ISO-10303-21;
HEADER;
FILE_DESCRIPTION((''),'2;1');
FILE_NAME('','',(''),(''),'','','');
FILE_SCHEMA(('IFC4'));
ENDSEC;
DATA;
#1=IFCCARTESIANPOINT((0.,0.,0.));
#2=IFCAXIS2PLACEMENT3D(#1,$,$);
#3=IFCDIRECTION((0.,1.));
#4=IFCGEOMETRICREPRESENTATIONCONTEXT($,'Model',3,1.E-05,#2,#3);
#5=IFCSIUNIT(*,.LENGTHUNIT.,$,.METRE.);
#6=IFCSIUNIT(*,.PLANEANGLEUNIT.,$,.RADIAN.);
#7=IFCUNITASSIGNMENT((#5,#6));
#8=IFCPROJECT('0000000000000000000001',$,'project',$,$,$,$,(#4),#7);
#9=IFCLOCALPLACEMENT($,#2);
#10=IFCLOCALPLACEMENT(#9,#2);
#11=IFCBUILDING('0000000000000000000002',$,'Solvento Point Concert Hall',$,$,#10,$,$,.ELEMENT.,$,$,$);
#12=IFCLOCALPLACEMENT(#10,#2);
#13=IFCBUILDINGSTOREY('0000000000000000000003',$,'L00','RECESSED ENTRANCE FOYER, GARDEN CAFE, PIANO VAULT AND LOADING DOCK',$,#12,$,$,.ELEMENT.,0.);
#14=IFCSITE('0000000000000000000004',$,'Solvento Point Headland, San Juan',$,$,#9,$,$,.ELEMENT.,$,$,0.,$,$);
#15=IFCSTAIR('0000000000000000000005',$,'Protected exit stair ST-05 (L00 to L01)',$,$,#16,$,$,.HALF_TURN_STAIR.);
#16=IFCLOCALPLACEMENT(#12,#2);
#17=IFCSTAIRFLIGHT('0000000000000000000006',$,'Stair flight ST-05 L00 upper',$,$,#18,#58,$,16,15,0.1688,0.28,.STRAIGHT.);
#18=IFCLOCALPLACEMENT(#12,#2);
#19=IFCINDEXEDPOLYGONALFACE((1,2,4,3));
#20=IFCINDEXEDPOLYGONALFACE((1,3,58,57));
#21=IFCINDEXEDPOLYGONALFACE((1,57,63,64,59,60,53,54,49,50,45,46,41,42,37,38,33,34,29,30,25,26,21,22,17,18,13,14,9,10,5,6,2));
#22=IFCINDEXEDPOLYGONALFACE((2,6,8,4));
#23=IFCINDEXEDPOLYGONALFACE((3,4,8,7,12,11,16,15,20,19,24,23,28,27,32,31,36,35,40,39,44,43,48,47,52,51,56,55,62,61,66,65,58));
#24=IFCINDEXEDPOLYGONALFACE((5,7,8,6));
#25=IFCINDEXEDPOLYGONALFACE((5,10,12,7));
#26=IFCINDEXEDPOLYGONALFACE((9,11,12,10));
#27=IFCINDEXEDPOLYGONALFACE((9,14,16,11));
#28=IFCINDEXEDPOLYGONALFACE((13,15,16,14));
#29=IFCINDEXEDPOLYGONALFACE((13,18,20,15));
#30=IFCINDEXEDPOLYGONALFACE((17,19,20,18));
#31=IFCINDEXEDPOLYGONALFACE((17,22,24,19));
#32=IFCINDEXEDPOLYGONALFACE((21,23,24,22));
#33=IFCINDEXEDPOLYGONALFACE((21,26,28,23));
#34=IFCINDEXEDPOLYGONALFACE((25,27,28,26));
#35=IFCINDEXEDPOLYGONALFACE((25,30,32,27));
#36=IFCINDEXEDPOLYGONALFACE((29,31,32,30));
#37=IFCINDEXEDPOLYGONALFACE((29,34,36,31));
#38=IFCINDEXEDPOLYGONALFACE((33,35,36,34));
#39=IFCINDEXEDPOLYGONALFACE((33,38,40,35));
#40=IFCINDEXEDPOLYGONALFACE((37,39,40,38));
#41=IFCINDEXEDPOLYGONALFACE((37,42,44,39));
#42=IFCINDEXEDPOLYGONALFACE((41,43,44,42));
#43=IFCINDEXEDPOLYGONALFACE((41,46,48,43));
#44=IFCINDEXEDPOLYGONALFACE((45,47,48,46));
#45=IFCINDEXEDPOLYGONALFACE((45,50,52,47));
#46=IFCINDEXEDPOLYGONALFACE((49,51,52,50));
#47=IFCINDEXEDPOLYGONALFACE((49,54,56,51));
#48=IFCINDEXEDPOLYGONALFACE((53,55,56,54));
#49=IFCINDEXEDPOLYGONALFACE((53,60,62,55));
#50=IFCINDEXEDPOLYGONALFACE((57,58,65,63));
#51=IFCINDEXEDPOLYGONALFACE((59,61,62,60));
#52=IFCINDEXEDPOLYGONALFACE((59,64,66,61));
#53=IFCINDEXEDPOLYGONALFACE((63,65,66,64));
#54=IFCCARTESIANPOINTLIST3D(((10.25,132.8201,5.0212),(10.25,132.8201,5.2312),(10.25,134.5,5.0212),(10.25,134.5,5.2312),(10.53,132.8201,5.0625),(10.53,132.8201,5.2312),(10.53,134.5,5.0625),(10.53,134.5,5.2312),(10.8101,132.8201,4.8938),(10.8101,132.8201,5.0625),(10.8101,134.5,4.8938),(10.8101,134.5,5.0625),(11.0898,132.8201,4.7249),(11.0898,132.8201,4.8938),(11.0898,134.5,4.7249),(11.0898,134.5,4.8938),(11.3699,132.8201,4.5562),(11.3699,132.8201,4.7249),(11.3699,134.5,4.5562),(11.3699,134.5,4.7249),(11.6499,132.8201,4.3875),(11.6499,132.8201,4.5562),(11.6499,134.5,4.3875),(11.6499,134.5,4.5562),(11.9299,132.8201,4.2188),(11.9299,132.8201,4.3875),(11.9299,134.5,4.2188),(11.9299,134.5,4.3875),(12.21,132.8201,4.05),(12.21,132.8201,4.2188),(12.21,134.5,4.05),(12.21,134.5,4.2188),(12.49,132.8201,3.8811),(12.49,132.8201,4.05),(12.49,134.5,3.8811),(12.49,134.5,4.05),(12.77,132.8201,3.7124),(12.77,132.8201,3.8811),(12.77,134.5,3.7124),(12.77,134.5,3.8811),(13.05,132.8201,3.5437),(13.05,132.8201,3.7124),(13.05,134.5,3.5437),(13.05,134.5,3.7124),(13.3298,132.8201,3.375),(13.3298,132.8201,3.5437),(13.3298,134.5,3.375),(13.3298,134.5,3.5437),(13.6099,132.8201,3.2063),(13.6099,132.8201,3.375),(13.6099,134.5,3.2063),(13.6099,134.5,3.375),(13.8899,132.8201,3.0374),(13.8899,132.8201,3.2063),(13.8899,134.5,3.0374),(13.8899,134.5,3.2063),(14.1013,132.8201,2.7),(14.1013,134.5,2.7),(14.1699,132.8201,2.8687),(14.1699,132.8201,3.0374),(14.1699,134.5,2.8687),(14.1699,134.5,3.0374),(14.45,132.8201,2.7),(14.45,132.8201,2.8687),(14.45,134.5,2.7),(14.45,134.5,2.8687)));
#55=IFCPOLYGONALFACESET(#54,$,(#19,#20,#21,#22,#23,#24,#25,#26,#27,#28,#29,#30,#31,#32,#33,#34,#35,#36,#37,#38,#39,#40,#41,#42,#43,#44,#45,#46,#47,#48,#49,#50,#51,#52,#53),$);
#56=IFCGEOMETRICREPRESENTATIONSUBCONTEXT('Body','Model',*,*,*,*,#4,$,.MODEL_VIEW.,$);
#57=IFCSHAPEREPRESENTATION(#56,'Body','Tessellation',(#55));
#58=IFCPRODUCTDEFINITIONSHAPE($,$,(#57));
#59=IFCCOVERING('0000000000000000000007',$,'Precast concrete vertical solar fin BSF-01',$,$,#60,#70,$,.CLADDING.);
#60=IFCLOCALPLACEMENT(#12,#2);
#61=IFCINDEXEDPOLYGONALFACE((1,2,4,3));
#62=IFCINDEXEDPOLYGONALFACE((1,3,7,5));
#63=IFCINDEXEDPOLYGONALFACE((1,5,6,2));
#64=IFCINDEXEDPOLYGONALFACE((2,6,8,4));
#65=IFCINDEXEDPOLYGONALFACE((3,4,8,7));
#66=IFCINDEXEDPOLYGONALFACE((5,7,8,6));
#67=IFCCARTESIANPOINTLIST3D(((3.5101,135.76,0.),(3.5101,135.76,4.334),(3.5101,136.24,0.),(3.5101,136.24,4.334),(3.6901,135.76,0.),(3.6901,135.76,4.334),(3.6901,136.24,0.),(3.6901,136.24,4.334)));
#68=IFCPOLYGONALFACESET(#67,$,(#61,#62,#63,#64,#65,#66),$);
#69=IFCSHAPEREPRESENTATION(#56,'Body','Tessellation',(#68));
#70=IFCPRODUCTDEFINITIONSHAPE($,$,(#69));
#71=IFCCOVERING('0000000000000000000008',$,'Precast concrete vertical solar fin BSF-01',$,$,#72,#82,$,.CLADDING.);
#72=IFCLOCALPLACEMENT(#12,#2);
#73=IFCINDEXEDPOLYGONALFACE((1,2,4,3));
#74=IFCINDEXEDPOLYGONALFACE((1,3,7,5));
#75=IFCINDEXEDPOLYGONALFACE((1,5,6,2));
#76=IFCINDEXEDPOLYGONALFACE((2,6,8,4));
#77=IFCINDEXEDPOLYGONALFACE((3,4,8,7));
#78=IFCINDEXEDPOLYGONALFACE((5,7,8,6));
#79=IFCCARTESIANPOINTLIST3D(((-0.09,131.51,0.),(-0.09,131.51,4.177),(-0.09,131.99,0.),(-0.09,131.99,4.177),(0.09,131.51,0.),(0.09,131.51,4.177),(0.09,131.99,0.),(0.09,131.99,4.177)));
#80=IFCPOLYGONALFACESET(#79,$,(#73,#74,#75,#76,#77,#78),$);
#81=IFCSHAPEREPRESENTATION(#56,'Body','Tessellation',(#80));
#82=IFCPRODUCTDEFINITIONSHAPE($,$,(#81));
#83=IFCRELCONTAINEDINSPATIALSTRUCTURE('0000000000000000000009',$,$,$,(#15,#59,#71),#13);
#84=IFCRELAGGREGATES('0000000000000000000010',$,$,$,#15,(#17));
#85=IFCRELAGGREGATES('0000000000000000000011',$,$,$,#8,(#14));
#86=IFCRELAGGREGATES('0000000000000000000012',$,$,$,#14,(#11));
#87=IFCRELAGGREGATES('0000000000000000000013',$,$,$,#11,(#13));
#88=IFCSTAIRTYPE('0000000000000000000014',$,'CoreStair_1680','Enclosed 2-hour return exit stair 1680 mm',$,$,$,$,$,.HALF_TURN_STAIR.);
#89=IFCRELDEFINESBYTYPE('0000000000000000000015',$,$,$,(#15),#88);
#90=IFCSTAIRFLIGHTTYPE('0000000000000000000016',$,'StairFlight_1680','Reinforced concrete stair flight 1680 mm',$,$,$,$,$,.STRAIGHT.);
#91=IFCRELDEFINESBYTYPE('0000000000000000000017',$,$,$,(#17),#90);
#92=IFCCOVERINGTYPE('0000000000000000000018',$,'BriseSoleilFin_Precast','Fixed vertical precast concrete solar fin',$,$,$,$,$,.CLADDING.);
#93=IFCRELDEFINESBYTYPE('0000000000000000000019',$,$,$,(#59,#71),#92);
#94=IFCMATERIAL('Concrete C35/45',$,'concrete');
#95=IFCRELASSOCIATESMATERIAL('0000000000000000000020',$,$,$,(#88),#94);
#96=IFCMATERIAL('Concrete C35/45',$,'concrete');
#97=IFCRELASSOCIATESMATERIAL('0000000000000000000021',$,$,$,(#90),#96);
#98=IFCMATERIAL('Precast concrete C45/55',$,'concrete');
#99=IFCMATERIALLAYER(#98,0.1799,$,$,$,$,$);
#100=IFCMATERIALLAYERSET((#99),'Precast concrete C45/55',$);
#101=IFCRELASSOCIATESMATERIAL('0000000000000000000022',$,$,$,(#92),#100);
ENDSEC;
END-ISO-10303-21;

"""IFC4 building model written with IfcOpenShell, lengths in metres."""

from ifc_helpers import new_model, si_unit, direction, frame, origin, origin_2d, place, context, subcontext, project, spatial, polyline, rectangle, outline, extrude, material, layer, layer_set, type_object, element, aggregate, save


model = new_model("IFC4")

# Units and contexts
model_context = context("Model", 3, precision=1e-05, world=origin(), true_north=direction((0.0, 1.0)))
body_context = subcontext(model_context, "Body", "Model", "MODEL_VIEW")
ifc_project = project(units=[si_unit("LENGTHUNIT", "METRE"), si_unit("PLANEANGLEUNIT", "RADIAN")], contexts=[model_context])

# Site, building, storey
site_placement = place(None, origin())
site = spatial("IfcSite", under=ifc_project, at=site_placement, Name="Solvento Point Headland, San Juan", CompositionType="ELEMENT", RefElevation=0.0)
building_placement = place(site_placement, origin())
building = spatial("IfcBuilding", under=site, at=building_placement, Name="Solvento Point Concert Hall", CompositionType="ELEMENT")
storey_placement = place(building_placement, origin())
storey = spatial("IfcBuildingStorey", under=building, at=storey_placement, Name="L00", Description="RECESSED ENTRANCE FOYER, GARDEN CAFE, PIANO VAULT AND LOADING DOCK", CompositionType="ELEMENT", Elevation=0.0)

# Stair, stair flight
ifc_material_1 = material(Name="Concrete C35/45", Category="concrete")
stair_type = type_object("IfcStairType", Name="CoreStair_1680", Description="Enclosed 2-hour return exit stair 1680 mm", PredefinedType="HALF_TURN_STAIR", material=ifc_material_1)
stair_placement = place(storey_placement, origin())
stair = element("IfcStair", 1, at=stair_placement, inside=storey, type_object=stair_type, Name="Protected exit stair ST-05 (L00 to L01)", PredefinedType="HALF_TURN_STAIR")
ifc_material_2 = material(Name="Concrete C35/45", Category="concrete")
stair_flight_type = type_object("IfcStairFlightType", Name="StairFlight_1680", Description="Reinforced concrete stair flight 1680 mm", PredefinedType="STRAIGHT", material=ifc_material_2)
stair_flight_placement = place(storey_placement, frame((14.45, 133.6599, 2.7), z_axis=(0.0, 0.0, 1.0), x_axis=(-1.0, 0.0, 0.0)))
stair_flight = element("IfcStairFlight", 2, at=stair_flight_placement, type_object=stair_flight_type, Name="Stair flight ST-05 L00 upper", NumberOfRisers=16, NumberOfTreads=15, PredefinedType="STRAIGHT", RiserHeight=0.1688, TreadLength=0.28, context=body_context, shape_type="SweptSolid", body=[
    extrude(outline(polyline([(0.0, 0.0), (0.0, 0.1687), (0.28, 0.1687), (0.28, 0.3374), (0.5601, 0.3374), (0.5601, 0.5063), (0.8401, 0.5063), (0.8401, 0.675), (1.1201, 0.675), (1.1201, 0.8438), (1.3999, 0.8438), (1.3999, 1.0125), (1.6799, 1.0125), (1.6799, 1.1812), (1.96, 1.1812), (1.96, 1.3501), (2.24, 1.3501), (2.24, 1.5188), (2.52, 1.5188), (2.52, 1.6875), (2.8, 1.6875), (2.8, 1.8562), (3.0801, 1.8562), (3.0801, 2.0249), (3.3601, 2.0249), (3.3601, 2.1938), (3.6399, 2.1938), (3.6399, 2.3625), (3.9199, 2.3625), (3.9199, 2.5312), (4.2, 2.5312), (4.2, 2.7), (4.2, 2.3213), (0.3486, 0.0), (0.0, 0.0)])), frame((0.0, 0.8398, 0.0), z_axis=(0.0, -1.0, 0.0), x_axis=(1.0, 0.0, 0.0)), (0.0, 0.0, 1.0), 1.6799),
])
aggregate(stair, [stair_flight])

# Coverings
ifc_material_3 = material(Name="Precast concrete C45/55", Category="concrete")
ifc_layer_1 = layer(ifc_material_3, 0.1799)
ifc_layer_set_1 = layer_set([ifc_layer_1], Name="Precast concrete C45/55")
covering_type = type_object("IfcCoveringType", Name="BriseSoleilFin_Precast", Description="Fixed vertical precast concrete solar fin", PredefinedType="CLADDING", material=ifc_layer_set_1)
covering_1_placement = place(storey_placement, frame((3.6001, 136.0, 0.0), z_axis=(0.0, 0.0, 1.0), x_axis=(1.0, 0.0, 0.0)))
element("IfcCovering", 3, at=covering_1_placement, inside=storey, type_object=covering_type, Name="Precast concrete vertical solar fin BSF-01", PredefinedType="CLADDING", context=body_context, shape_type="SweptSolid", body=[
    extrude(rectangle(XDim=0.1799, YDim=0.48, at=origin_2d()), origin(), (0.0, 0.0, 1.0), 4.334),
])
covering_2_placement = place(storey_placement, frame((0.0, 131.75, 0.0), z_axis=(0.0, 0.0, 1.0), x_axis=(1.0, 0.0, 0.0)))
element("IfcCovering", 4, at=covering_2_placement, inside=storey, type_object=covering_type, Name="Precast concrete vertical solar fin BSF-01", PredefinedType="CLADDING", context=body_context, shape_type="SweptSolid", body=[
    extrude(rectangle(XDim=0.1799, YDim=0.48, at=origin_2d()), origin(), (0.0, 0.0, 1.0), 4.177),
])

save(model, "model.ifc")
